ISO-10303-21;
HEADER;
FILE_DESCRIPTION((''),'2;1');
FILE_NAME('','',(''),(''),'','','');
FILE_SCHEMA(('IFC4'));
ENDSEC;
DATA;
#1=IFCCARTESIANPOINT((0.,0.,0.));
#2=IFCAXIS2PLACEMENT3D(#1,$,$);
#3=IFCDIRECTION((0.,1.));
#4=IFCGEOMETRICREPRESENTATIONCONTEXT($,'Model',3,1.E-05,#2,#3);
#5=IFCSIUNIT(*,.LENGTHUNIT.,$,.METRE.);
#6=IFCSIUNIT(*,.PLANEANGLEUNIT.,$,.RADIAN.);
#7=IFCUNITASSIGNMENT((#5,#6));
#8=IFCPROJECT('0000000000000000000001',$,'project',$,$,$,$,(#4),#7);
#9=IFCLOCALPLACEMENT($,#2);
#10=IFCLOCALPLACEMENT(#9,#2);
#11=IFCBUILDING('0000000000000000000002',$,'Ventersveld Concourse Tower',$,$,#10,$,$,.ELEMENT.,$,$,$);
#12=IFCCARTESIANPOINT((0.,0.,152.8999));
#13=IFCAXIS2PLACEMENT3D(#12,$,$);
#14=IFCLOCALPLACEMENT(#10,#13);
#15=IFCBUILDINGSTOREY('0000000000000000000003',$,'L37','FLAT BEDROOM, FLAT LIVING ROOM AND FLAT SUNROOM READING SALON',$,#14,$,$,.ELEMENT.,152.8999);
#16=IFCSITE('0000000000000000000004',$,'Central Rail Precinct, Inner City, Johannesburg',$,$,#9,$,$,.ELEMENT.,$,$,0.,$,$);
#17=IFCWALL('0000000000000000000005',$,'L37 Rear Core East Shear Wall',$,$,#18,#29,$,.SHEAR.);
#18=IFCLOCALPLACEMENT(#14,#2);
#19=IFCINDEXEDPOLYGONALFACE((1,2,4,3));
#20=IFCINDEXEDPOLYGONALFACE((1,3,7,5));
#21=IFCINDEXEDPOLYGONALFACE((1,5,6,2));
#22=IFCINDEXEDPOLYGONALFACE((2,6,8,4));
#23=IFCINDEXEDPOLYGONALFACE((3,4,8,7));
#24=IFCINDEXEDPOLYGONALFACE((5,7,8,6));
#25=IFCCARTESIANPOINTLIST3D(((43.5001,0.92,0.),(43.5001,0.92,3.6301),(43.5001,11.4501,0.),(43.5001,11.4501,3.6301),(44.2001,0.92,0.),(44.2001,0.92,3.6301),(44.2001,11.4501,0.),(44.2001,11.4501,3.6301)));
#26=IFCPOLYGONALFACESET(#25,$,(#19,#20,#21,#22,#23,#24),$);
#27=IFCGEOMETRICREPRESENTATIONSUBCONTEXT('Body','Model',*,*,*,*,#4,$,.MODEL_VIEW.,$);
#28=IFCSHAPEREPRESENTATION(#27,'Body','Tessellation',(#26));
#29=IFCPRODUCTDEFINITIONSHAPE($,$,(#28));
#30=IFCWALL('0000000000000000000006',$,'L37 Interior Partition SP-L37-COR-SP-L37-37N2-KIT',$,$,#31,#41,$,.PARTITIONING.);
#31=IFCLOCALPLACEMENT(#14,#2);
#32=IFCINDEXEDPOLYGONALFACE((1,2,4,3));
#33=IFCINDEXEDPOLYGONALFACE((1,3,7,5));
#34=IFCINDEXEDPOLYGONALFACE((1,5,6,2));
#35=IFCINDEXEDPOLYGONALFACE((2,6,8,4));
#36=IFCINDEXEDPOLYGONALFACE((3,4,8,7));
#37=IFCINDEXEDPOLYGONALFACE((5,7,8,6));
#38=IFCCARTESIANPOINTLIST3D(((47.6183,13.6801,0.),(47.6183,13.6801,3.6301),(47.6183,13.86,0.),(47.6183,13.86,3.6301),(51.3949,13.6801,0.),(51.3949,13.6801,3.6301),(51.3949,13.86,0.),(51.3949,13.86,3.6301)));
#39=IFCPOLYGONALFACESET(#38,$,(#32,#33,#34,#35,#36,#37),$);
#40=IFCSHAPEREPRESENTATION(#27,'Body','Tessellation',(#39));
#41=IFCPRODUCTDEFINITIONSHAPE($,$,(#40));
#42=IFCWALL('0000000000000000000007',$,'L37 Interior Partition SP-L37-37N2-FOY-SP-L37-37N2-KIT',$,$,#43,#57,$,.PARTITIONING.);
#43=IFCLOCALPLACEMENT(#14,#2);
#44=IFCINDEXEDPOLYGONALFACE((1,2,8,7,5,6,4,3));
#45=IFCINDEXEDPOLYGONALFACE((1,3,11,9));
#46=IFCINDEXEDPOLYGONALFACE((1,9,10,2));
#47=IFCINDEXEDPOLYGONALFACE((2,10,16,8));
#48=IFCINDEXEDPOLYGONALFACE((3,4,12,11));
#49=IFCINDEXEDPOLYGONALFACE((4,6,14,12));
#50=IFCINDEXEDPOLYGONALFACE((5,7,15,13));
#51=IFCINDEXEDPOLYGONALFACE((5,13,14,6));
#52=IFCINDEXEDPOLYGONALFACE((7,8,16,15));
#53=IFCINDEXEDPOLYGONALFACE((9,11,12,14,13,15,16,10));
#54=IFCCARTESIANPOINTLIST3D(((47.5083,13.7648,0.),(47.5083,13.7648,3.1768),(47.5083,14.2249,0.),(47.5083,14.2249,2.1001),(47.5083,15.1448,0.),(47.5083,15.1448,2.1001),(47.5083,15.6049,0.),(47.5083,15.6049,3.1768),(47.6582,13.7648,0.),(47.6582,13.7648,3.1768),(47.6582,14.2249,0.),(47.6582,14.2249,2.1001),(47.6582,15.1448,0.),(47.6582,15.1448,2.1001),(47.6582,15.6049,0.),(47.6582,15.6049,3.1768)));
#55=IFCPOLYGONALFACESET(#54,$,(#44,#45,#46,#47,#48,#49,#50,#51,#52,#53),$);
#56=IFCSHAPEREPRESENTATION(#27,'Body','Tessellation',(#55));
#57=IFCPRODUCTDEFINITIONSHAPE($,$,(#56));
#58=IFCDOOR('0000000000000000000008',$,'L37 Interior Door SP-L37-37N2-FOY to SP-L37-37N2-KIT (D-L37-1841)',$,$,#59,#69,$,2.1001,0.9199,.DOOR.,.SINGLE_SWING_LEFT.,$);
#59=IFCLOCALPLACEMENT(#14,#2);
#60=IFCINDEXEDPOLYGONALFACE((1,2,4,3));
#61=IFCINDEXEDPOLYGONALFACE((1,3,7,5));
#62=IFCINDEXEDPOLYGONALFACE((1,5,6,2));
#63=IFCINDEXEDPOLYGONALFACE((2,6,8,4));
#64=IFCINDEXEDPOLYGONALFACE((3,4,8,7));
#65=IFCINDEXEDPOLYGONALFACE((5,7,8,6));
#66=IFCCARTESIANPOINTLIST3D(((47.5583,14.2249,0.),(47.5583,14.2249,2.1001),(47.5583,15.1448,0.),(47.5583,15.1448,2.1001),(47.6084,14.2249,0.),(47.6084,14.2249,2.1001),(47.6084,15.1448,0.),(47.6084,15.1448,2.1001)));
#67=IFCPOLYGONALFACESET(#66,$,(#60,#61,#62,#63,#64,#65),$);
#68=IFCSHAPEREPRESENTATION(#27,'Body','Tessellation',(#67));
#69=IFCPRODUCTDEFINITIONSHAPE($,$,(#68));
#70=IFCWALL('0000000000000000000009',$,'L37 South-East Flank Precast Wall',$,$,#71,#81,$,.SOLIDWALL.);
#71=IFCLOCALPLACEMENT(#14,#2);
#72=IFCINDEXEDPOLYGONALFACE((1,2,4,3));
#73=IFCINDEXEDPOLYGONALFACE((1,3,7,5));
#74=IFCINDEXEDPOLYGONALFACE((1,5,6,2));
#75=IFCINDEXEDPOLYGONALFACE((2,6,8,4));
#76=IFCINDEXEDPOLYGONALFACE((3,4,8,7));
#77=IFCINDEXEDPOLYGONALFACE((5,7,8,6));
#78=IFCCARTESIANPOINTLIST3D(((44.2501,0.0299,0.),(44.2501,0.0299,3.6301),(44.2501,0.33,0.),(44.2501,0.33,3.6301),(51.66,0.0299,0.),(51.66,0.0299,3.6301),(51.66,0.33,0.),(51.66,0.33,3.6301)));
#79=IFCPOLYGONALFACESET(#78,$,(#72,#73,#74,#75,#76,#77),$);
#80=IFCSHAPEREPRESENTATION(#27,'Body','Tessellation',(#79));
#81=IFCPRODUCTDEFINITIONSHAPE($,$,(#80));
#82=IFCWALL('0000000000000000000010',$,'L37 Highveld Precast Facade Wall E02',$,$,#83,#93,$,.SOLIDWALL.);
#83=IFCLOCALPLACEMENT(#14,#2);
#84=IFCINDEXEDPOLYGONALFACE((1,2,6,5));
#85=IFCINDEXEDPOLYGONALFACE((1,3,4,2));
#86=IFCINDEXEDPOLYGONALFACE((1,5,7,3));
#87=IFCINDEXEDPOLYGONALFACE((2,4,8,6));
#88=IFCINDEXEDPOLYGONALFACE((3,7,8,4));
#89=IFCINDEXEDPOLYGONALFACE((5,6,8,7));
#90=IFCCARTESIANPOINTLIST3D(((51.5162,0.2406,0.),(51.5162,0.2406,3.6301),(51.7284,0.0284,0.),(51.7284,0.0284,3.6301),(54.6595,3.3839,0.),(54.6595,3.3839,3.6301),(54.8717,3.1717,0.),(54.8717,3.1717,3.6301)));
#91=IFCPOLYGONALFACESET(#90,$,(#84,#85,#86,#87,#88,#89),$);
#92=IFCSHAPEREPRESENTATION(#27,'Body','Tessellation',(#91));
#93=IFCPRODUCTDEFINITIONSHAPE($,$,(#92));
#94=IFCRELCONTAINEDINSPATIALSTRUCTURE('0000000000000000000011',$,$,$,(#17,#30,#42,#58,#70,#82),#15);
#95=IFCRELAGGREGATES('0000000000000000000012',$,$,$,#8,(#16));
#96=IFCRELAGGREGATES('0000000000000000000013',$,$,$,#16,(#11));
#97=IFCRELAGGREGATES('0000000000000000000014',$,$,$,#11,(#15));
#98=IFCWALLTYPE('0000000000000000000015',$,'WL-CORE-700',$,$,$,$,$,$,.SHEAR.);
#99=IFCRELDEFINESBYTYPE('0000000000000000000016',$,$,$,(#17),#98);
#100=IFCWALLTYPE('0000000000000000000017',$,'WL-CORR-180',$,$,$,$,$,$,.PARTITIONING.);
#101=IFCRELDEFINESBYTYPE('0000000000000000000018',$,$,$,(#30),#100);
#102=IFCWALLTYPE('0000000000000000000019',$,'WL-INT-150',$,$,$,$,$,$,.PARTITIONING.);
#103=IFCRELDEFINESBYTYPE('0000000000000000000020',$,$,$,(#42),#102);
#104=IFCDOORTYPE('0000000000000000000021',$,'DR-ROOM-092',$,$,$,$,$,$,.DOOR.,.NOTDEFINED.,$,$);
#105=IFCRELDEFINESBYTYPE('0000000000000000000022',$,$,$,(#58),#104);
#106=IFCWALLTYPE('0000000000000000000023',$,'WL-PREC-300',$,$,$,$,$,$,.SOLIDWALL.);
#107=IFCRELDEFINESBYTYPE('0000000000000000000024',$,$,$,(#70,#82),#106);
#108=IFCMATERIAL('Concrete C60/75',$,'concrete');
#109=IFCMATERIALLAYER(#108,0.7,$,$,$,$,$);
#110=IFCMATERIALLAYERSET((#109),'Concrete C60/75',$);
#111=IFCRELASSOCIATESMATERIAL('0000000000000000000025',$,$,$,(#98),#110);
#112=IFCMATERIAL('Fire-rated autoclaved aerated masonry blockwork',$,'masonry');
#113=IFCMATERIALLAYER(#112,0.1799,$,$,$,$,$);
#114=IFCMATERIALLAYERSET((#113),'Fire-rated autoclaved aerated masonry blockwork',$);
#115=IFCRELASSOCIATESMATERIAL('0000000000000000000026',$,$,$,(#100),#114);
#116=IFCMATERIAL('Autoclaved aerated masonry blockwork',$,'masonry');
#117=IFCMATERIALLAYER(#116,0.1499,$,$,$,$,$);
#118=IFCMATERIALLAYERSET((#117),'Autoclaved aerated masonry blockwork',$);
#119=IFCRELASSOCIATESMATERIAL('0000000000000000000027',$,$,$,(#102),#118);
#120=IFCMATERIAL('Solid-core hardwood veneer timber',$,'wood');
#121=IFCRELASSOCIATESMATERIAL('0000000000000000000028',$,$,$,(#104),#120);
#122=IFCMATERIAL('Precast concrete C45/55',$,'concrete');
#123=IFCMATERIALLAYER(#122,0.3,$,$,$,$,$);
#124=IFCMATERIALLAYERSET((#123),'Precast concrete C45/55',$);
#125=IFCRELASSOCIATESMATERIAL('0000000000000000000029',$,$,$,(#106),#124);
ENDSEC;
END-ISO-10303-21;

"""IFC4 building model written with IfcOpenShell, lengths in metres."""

from ifc_helpers import new_model, si_unit, direction, frame, frame_2d, origin, place, context, subcontext, project, spatial, rectangle, extrude, material, layer, layer_set, type_object, element, fill, save


model = new_model("IFC4")

# Units and contexts
model_context = context("Model", 3, precision=1e-05, world=origin(), true_north=direction((0.0, 1.0)))
body_context = subcontext(model_context, "Body", "Model", "MODEL_VIEW")
ifc_project = project(units=[si_unit("LENGTHUNIT", "METRE"), si_unit("PLANEANGLEUNIT", "RADIAN")], contexts=[model_context])

# Site, building, storey
site_placement = place(None, origin())
site = spatial("IfcSite", under=ifc_project, at=site_placement, Name="Central Rail Precinct, Inner City, Johannesburg", CompositionType="ELEMENT", RefElevation=0.0)
building_placement = place(site_placement, origin())
building = spatial("IfcBuilding", under=site, at=building_placement, Name="Ventersveld Concourse Tower", CompositionType="ELEMENT")
storey_placement = place(building_placement, frame((0.0, 0.0, 152.8999)))
storey = spatial("IfcBuildingStorey", under=building, at=storey_placement, Name="L37", Description="FLAT BEDROOM, FLAT LIVING ROOM AND FLAT SUNROOM READING SALON", CompositionType="ELEMENT", Elevation=152.8999)

# Walls
ifc_material_1 = material(Name="Concrete C60/75", Category="concrete")
ifc_layer_1 = layer(ifc_material_1, 0.7)
ifc_layer_set_1 = layer_set([ifc_layer_1], Name="Concrete C60/75")
wall_type_1 = type_object("IfcWallType", Name="WL-CORE-700", PredefinedType="SHEAR", material=ifc_layer_set_1)
wall_1_placement = place(storey_placement, frame((43.8501, 0.9199, 0.0), z_axis=(0.0, 0.0, 1.0), x_axis=(0.0, 1.0, 0.0)))
element("IfcWall", 1, at=wall_1_placement, inside=storey, type_object=wall_type_1, Name="L37 Rear Core East Shear Wall", PredefinedType="SHEAR", context=body_context, shape_type="SweptSolid", body=[
    extrude(rectangle(XDim=10.53, YDim=0.7, at=frame_2d((5.2651, 0.0))), origin(), (0.0, 0.0, 1.0), 3.6301),
])
ifc_material_2 = material(Name="Fire-rated autoclaved aerated masonry blockwork", Category="masonry")
ifc_layer_2 = layer(ifc_material_2, 0.1799)
ifc_layer_set_2 = layer_set([ifc_layer_2], Name="Fire-rated autoclaved aerated masonry blockwork")
wall_type_2 = type_object("IfcWallType", Name="WL-CORR-180", PredefinedType="PARTITIONING", material=ifc_layer_set_2)
wall_2_placement = place(storey_placement, frame((47.6184, 13.77, 0.0), z_axis=(0.0, 0.0, 1.0), x_axis=(1.0, 0.0, 0.0)))
element("IfcWall", 2, at=wall_2_placement, inside=storey, type_object=wall_type_2, Name="L37 Interior Partition SP-L37-COR-SP-L37-37N2-KIT", PredefinedType="PARTITIONING", context=body_context, shape_type="SweptSolid", body=[
    extrude(rectangle(XDim=3.7766, YDim=0.1799, at=frame_2d((1.8882, 0.0))), origin(), (0.0, 0.0, 1.0), 3.6301),
])

# Wall, opening, door
ifc_material_3 = material(Name="Autoclaved aerated masonry blockwork", Category="masonry")
ifc_layer_3 = layer(ifc_material_3, 0.1499)
ifc_layer_set_3 = layer_set([ifc_layer_3], Name="Autoclaved aerated masonry blockwork")
wall_type_3 = type_object("IfcWallType", Name="WL-INT-150", PredefinedType="PARTITIONING", material=ifc_layer_set_3)
wall_3_placement = place(storey_placement, frame((47.5833, 13.7649, 0.0), z_axis=(0.0, 0.0, 1.0), x_axis=(0.0, 1.0, 0.0)))
wall_3 = element("IfcWall", 3, at=wall_3_placement, inside=storey, type_object=wall_type_3, Name="L37 Interior Partition SP-L37-37N2-FOY-SP-L37-37N2-KIT", PredefinedType="PARTITIONING", context=body_context, shape_type="SweptSolid", body=[
    extrude(rectangle(XDim=1.8401, YDim=0.1499, at=frame_2d((0.9199, 0.0))), origin(), (0.0, 0.0, 1.0), 3.1768),
])
opening_1_placement = place(wall_3_placement, frame((0.46, 0.0, 0.0)))
opening_1 = element("IfcOpeningElement", 4, at=opening_1_placement, cuts=wall_3, PredefinedType="OPENING", context=body_context, shape_type="SweptSolid", body=[
    extrude(rectangle(XDim=0.9199, YDim=2.1001, at=frame_2d((0.46, 1.05))), frame((0.0, 0.085, 0.0), z_axis=(0.0, -1.0, 0.0), x_axis=(1.0, 0.0, 0.0)), (0.0, 0.0, 1.0), 0.1699),
])
ifc_material_4 = material(Name="Solid-core hardwood veneer timber", Category="wood")
door_type = type_object("IfcDoorType", Name="DR-ROOM-092", OperationType="NOTDEFINED", PredefinedType="DOOR", material=ifc_material_4)
door_placement = place(opening_1_placement, origin())
door = element("IfcDoor", 5, at=door_placement, inside=storey, type_object=door_type, Name="L37 Interior Door SP-L37-37N2-FOY to SP-L37-37N2-KIT (D-L37-1841)", OperationType="SINGLE_SWING_LEFT", OverallHeight=2.1001, OverallWidth=0.9199, PredefinedType="DOOR", context=body_context, shape_type="SweptSolid", body=[
    extrude(rectangle(XDim=0.9199, YDim=2.1001, at=frame_2d((0.46, 1.05))), frame((0.0, 0.0249, 0.0), z_axis=(0.0, -1.0, 0.0), x_axis=(1.0, 0.0, 0.0)), (0.0, 0.0, 1.0), 0.05),
])
fill(opening_1, door)

# Walls
ifc_material_5 = material(Name="Precast concrete C45/55", Category="concrete")
ifc_layer_4 = layer(ifc_material_5, 0.3)
ifc_layer_set_4 = layer_set([ifc_layer_4], Name="Precast concrete C45/55")
wall_type_4 = type_object("IfcWallType", Name="WL-PREC-300", PredefinedType="SOLIDWALL", material=ifc_layer_set_4)
wall_4_placement = place(storey_placement, frame((44.25, 0.1799, 0.0), z_axis=(0.0, 0.0, 1.0), x_axis=(1.0, 0.0, 0.0)))
element("IfcWall", 6, at=wall_4_placement, inside=storey, type_object=wall_type_4, Name="L37 South-East Flank Precast Wall", PredefinedType="SOLIDWALL", context=body_context, shape_type="SweptSolid", body=[
    extrude(rectangle(XDim=7.4099, YDim=0.3, at=frame_2d((3.7051, 0.0))), origin(), (0.0, 0.0, 1.0), 3.6301),
])
wall_5_placement = place(storey_placement, frame((51.6223, 0.1345, 0.0), z_axis=(0.0, 0.0, 1.0), x_axis=(0.707107, 0.707107, 0.0)))
element("IfcWall", 7, at=wall_5_placement, inside=storey, type_object=wall_type_4, Name="L37 Highveld Precast Facade Wall E02", PredefinedType="SOLIDWALL", context=body_context, shape_type="SweptSolid", body=[
    extrude(rectangle(XDim=4.4453, YDim=0.3, at=frame_2d((2.2227, 0.0))), origin(), (0.0, 0.0, 1.0), 3.6301),
])

save(model, "model.ifc")
